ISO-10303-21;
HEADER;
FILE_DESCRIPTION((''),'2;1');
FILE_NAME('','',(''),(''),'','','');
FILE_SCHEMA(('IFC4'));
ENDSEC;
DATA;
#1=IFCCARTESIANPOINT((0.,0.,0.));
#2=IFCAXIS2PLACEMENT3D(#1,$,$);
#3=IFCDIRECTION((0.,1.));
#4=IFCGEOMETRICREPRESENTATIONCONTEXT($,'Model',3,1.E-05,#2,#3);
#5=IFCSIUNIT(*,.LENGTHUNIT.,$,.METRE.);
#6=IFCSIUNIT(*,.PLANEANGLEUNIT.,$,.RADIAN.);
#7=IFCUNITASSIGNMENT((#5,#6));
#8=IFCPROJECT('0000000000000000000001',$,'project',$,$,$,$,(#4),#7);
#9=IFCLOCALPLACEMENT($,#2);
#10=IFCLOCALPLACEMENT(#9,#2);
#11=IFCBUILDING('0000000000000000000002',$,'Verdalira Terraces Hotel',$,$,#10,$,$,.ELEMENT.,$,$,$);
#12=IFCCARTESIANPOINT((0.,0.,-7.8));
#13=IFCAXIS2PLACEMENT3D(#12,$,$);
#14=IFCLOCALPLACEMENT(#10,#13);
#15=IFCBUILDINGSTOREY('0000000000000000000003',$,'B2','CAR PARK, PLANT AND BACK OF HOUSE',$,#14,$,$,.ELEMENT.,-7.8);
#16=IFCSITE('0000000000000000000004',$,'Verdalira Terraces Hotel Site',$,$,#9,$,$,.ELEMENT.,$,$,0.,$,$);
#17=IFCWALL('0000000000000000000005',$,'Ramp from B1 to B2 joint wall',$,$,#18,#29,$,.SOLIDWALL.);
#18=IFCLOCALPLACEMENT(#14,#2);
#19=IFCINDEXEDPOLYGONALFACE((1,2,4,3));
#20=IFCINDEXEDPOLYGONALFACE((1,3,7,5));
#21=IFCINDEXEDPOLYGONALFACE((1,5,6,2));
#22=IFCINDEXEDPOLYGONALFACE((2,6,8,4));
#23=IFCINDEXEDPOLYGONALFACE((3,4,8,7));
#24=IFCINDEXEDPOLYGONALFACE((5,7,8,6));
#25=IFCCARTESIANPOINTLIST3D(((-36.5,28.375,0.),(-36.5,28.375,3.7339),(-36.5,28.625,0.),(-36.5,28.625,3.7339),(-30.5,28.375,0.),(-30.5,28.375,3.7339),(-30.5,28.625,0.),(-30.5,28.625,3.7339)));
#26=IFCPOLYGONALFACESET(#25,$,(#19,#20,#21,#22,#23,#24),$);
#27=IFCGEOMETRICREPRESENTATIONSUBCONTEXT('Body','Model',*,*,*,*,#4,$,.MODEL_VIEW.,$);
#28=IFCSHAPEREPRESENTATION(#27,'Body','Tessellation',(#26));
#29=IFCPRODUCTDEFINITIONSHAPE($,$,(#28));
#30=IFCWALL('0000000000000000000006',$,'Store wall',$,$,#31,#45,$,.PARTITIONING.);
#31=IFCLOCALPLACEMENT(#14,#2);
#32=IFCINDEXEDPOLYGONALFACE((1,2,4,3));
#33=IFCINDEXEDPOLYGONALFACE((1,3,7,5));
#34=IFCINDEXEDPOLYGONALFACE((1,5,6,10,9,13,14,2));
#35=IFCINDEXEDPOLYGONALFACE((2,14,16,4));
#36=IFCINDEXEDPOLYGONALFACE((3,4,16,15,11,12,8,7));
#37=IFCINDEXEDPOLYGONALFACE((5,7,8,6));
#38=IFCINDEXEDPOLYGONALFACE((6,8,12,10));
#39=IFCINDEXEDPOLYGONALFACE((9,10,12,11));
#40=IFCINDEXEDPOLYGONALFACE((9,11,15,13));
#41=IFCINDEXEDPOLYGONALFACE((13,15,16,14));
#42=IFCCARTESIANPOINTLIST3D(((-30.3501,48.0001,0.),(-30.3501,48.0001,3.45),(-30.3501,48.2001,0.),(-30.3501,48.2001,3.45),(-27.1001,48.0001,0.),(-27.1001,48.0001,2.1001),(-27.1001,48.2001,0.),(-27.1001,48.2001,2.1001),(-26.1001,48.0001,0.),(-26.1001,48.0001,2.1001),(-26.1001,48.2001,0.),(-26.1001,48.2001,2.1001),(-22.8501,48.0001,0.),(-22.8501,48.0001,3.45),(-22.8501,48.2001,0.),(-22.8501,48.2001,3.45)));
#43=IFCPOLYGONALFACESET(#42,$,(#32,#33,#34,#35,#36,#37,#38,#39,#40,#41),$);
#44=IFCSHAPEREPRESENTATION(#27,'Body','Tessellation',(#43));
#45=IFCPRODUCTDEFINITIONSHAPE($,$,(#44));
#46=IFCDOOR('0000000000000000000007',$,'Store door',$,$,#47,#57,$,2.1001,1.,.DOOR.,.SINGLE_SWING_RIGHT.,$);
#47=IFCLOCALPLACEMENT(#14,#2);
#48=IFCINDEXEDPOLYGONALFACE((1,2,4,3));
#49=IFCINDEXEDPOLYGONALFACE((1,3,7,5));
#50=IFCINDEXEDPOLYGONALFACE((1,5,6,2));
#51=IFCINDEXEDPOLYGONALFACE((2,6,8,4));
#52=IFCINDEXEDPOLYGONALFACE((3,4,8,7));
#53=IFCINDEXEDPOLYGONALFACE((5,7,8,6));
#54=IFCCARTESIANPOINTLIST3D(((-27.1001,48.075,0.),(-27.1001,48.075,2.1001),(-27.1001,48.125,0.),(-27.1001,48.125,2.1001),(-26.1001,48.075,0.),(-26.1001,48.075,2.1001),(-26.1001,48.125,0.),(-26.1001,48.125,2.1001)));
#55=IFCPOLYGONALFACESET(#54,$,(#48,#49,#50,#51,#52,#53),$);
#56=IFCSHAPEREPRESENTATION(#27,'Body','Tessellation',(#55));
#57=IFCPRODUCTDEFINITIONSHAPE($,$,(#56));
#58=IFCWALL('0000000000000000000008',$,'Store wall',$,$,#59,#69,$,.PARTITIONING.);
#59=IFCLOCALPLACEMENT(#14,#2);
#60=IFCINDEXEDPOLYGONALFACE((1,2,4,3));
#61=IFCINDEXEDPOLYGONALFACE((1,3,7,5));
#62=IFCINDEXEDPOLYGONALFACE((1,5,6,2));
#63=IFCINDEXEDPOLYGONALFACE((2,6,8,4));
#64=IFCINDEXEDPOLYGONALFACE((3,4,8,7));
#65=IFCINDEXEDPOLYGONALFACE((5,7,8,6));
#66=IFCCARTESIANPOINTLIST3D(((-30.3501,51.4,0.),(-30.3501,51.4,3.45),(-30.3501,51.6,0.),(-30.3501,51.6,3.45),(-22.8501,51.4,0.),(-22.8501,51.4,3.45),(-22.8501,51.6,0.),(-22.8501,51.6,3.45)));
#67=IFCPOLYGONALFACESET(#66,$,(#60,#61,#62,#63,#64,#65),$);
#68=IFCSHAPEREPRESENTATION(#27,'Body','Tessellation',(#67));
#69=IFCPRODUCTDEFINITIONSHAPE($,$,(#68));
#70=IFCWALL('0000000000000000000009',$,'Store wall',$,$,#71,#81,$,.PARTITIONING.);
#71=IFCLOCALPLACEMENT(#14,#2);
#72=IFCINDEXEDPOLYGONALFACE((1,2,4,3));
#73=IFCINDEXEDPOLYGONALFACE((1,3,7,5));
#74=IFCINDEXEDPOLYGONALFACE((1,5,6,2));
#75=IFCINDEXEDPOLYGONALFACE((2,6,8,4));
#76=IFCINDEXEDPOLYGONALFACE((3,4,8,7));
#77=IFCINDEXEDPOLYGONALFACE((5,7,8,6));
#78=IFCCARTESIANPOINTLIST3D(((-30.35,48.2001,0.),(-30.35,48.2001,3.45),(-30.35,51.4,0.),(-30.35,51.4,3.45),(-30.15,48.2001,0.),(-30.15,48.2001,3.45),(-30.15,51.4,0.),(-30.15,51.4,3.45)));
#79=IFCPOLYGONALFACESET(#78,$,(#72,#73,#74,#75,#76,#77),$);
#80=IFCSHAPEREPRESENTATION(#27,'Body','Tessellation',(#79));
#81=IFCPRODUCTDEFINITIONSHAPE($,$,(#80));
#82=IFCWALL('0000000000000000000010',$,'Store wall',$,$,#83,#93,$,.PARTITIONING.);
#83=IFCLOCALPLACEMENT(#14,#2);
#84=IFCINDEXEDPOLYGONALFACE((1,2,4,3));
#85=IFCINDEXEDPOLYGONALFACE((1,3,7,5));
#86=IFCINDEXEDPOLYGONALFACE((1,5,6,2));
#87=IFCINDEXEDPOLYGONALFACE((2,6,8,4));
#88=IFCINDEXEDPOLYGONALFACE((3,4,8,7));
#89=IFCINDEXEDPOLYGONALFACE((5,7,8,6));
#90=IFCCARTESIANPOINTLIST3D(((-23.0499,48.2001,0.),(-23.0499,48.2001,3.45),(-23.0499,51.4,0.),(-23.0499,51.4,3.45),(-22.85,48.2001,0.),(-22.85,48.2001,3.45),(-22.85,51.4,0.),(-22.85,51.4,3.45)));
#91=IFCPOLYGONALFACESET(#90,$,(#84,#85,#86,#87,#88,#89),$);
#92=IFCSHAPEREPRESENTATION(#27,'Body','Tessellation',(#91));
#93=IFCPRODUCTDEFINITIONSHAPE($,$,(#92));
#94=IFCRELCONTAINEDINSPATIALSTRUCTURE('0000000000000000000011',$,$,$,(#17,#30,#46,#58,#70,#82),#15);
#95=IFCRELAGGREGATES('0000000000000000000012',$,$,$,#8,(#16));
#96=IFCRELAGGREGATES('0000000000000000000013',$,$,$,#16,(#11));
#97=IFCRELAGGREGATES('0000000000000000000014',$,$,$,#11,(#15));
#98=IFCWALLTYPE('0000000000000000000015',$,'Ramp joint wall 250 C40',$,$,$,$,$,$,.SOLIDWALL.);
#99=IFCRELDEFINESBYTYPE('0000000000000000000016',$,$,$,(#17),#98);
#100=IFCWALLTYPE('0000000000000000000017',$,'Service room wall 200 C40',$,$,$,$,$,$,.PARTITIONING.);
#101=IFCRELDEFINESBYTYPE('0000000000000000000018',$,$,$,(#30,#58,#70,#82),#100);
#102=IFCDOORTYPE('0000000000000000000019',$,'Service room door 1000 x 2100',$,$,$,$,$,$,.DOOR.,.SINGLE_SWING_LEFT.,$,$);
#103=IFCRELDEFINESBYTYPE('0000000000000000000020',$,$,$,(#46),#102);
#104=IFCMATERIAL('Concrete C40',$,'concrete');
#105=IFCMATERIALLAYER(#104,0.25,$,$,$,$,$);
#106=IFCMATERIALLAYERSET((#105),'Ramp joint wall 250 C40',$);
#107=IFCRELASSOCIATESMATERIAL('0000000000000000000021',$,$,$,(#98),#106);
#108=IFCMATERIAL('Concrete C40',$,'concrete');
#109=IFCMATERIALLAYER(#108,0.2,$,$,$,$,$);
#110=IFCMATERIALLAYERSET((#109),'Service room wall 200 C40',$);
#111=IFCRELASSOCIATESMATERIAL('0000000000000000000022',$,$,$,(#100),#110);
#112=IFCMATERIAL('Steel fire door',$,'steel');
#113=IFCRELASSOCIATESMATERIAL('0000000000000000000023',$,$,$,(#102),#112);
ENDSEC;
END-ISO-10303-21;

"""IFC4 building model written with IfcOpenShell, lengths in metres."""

from ifc_helpers import new_model, si_unit, direction, frame, frame_2d, origin, place, context, subcontext, project, spatial, rectangle, extrude, material, layer, layer_set, type_object, element, fill, save


model = new_model("IFC4")

# Units and contexts
model_context = context("Model", 3, precision=1e-05, world=origin(), true_north=direction((0.0, 1.0)))
body_context = subcontext(model_context, "Body", "Model", "MODEL_VIEW")
ifc_project = project(units=[si_unit("LENGTHUNIT", "METRE"), si_unit("PLANEANGLEUNIT", "RADIAN")], contexts=[model_context])

# Site, building, storey
site_placement = place(None, origin())
site = spatial("IfcSite", under=ifc_project, at=site_placement, Name="Verdalira Terraces Hotel Site", CompositionType="ELEMENT", RefElevation=0.0)
building_placement = place(site_placement, origin())
building = spatial("IfcBuilding", under=site, at=building_placement, Name="Verdalira Terraces Hotel", CompositionType="ELEMENT")
storey_placement = place(building_placement, frame((0.0, 0.0, -7.8)))
storey = spatial("IfcBuildingStorey", under=building, at=storey_placement, Name="B2", Description="CAR PARK, PLANT AND BACK OF HOUSE", CompositionType="ELEMENT", Elevation=-7.8)

# Wall
ifc_material_1 = material(Name="Concrete C40", Category="concrete")
ifc_layer_1 = layer(ifc_material_1, 0.25)
ifc_layer_set_1 = layer_set([ifc_layer_1], Name="Ramp joint wall 250 C40")
wall_type_1 = type_object("IfcWallType", Name="Ramp joint wall 250 C40", PredefinedType="SOLIDWALL", material=ifc_layer_set_1)
wall_1_placement = place(storey_placement, frame((-30.5, 28.5, 0.0), z_axis=(0.0, 0.0, 1.0), x_axis=(-1.0, 0.0, 0.0)))
element("IfcWall", 1, at=wall_1_placement, inside=storey, type_object=wall_type_1, Name="Ramp from B1 to B2 joint wall", PredefinedType="SOLIDWALL", context=body_context, shape_type="SweptSolid", body=[
    extrude(rectangle(XDim=6.0, YDim=0.25, at=frame_2d((3.0, 0.0))), origin(), (0.0, 0.0, 1.0), 3.7339),
])

# Wall, opening, door
ifc_material_2 = material(Name="Concrete C40", Category="concrete")
ifc_layer_2 = layer(ifc_material_2, 0.2)
ifc_layer_set_2 = layer_set([ifc_layer_2], Name="Service room wall 200 C40")
wall_type_2 = type_object("IfcWallType", Name="Service room wall 200 C40", PredefinedType="PARTITIONING", material=ifc_layer_set_2)
wall_2_placement = place(storey_placement, frame((-30.3501, 48.1001, 0.0), z_axis=(0.0, 0.0, 1.0), x_axis=(1.0, 0.0, 0.0)))
wall_2 = element("IfcWall", 2, at=wall_2_placement, inside=storey, type_object=wall_type_2, Name="Store wall", PredefinedType="PARTITIONING", context=body_context, shape_type="SweptSolid", body=[
    extrude(rectangle(XDim=7.5, YDim=0.2, at=frame_2d((3.75, 0.0))), origin(), (0.0, 0.0, 1.0), 3.45),
])
opening_placement = place(wall_2_placement, frame((3.25, 0.0, 0.0)))
opening = element("IfcOpeningElement", 3, at=opening_placement, cuts=wall_2, PredefinedType="OPENING", context=body_context, shape_type="SweptSolid", body=[
    extrude(rectangle(XDim=1.0, YDim=2.1001, at=frame_2d((0.5, 1.05))), frame((0.0, 0.1099, 0.0), z_axis=(0.0, -1.0, 0.0), x_axis=(1.0, 0.0, 0.0)), (0.0, 0.0, 1.0), 0.22),
])
ifc_material_3 = material(Name="Steel fire door", Category="steel")
door_type = type_object("IfcDoorType", Name="Service room door 1000 x 2100", OperationType="SINGLE_SWING_LEFT", PredefinedType="DOOR", material=ifc_material_3)
door_placement = place(opening_placement, origin())
door = element("IfcDoor", 4, at=door_placement, inside=storey, type_object=door_type, Name="Store door", OperationType="SINGLE_SWING_RIGHT", OverallHeight=2.1001, OverallWidth=1.0, PredefinedType="DOOR", context=body_context, shape_type="SweptSolid", body=[
    extrude(rectangle(XDim=1.0, YDim=2.1001, at=frame_2d((0.5, 1.05))), frame((0.0, 0.0249, 0.0), z_axis=(0.0, -1.0, 0.0), x_axis=(1.0, 0.0, 0.0)), (0.0, 0.0, 1.0), 0.05),
])
fill(opening, door)

# Walls
wall_3_placement = place(storey_placement, frame((-30.3501, 51.5, 0.0), z_axis=(0.0, 0.0, 1.0), x_axis=(1.0, 0.0, 0.0)))
element("IfcWall", 5, at=wall_3_placement, inside=storey, type_object=wall_type_2, Name="Store wall", PredefinedType="PARTITIONING", context=body_context, shape_type="SweptSolid", body=[
    extrude(rectangle(XDim=7.5, YDim=0.2, at=frame_2d((3.75, 0.0))), origin(), (0.0, 0.0, 1.0), 3.45),
])
for number, where, z_axis, x_axis, name in (
    (6, (-30.25, 48.2, 0.0), (0.0, 0.0, 1.0), (0.0, 1.0, 0.0), "Store wall"),
    (7, (-22.95, 48.2, 0.0), (0.0, 0.0, 1.0), (0.0, 1.0, 0.0), "Store wall"),
):
    element("IfcWall", number, at=place(storey_placement, frame(where, z_axis=z_axis, x_axis=x_axis)), inside=storey, type_object=wall_type_2, Name=name, PredefinedType="PARTITIONING", context=body_context, shape_type="SweptSolid", body=[
        extrude(rectangle(XDim=3.2, YDim=0.2, at=frame_2d((1.6001, 0.0))), origin(), (0.0, 0.0, 1.0), 3.45),
    ])

save(model, "model.ifc")
